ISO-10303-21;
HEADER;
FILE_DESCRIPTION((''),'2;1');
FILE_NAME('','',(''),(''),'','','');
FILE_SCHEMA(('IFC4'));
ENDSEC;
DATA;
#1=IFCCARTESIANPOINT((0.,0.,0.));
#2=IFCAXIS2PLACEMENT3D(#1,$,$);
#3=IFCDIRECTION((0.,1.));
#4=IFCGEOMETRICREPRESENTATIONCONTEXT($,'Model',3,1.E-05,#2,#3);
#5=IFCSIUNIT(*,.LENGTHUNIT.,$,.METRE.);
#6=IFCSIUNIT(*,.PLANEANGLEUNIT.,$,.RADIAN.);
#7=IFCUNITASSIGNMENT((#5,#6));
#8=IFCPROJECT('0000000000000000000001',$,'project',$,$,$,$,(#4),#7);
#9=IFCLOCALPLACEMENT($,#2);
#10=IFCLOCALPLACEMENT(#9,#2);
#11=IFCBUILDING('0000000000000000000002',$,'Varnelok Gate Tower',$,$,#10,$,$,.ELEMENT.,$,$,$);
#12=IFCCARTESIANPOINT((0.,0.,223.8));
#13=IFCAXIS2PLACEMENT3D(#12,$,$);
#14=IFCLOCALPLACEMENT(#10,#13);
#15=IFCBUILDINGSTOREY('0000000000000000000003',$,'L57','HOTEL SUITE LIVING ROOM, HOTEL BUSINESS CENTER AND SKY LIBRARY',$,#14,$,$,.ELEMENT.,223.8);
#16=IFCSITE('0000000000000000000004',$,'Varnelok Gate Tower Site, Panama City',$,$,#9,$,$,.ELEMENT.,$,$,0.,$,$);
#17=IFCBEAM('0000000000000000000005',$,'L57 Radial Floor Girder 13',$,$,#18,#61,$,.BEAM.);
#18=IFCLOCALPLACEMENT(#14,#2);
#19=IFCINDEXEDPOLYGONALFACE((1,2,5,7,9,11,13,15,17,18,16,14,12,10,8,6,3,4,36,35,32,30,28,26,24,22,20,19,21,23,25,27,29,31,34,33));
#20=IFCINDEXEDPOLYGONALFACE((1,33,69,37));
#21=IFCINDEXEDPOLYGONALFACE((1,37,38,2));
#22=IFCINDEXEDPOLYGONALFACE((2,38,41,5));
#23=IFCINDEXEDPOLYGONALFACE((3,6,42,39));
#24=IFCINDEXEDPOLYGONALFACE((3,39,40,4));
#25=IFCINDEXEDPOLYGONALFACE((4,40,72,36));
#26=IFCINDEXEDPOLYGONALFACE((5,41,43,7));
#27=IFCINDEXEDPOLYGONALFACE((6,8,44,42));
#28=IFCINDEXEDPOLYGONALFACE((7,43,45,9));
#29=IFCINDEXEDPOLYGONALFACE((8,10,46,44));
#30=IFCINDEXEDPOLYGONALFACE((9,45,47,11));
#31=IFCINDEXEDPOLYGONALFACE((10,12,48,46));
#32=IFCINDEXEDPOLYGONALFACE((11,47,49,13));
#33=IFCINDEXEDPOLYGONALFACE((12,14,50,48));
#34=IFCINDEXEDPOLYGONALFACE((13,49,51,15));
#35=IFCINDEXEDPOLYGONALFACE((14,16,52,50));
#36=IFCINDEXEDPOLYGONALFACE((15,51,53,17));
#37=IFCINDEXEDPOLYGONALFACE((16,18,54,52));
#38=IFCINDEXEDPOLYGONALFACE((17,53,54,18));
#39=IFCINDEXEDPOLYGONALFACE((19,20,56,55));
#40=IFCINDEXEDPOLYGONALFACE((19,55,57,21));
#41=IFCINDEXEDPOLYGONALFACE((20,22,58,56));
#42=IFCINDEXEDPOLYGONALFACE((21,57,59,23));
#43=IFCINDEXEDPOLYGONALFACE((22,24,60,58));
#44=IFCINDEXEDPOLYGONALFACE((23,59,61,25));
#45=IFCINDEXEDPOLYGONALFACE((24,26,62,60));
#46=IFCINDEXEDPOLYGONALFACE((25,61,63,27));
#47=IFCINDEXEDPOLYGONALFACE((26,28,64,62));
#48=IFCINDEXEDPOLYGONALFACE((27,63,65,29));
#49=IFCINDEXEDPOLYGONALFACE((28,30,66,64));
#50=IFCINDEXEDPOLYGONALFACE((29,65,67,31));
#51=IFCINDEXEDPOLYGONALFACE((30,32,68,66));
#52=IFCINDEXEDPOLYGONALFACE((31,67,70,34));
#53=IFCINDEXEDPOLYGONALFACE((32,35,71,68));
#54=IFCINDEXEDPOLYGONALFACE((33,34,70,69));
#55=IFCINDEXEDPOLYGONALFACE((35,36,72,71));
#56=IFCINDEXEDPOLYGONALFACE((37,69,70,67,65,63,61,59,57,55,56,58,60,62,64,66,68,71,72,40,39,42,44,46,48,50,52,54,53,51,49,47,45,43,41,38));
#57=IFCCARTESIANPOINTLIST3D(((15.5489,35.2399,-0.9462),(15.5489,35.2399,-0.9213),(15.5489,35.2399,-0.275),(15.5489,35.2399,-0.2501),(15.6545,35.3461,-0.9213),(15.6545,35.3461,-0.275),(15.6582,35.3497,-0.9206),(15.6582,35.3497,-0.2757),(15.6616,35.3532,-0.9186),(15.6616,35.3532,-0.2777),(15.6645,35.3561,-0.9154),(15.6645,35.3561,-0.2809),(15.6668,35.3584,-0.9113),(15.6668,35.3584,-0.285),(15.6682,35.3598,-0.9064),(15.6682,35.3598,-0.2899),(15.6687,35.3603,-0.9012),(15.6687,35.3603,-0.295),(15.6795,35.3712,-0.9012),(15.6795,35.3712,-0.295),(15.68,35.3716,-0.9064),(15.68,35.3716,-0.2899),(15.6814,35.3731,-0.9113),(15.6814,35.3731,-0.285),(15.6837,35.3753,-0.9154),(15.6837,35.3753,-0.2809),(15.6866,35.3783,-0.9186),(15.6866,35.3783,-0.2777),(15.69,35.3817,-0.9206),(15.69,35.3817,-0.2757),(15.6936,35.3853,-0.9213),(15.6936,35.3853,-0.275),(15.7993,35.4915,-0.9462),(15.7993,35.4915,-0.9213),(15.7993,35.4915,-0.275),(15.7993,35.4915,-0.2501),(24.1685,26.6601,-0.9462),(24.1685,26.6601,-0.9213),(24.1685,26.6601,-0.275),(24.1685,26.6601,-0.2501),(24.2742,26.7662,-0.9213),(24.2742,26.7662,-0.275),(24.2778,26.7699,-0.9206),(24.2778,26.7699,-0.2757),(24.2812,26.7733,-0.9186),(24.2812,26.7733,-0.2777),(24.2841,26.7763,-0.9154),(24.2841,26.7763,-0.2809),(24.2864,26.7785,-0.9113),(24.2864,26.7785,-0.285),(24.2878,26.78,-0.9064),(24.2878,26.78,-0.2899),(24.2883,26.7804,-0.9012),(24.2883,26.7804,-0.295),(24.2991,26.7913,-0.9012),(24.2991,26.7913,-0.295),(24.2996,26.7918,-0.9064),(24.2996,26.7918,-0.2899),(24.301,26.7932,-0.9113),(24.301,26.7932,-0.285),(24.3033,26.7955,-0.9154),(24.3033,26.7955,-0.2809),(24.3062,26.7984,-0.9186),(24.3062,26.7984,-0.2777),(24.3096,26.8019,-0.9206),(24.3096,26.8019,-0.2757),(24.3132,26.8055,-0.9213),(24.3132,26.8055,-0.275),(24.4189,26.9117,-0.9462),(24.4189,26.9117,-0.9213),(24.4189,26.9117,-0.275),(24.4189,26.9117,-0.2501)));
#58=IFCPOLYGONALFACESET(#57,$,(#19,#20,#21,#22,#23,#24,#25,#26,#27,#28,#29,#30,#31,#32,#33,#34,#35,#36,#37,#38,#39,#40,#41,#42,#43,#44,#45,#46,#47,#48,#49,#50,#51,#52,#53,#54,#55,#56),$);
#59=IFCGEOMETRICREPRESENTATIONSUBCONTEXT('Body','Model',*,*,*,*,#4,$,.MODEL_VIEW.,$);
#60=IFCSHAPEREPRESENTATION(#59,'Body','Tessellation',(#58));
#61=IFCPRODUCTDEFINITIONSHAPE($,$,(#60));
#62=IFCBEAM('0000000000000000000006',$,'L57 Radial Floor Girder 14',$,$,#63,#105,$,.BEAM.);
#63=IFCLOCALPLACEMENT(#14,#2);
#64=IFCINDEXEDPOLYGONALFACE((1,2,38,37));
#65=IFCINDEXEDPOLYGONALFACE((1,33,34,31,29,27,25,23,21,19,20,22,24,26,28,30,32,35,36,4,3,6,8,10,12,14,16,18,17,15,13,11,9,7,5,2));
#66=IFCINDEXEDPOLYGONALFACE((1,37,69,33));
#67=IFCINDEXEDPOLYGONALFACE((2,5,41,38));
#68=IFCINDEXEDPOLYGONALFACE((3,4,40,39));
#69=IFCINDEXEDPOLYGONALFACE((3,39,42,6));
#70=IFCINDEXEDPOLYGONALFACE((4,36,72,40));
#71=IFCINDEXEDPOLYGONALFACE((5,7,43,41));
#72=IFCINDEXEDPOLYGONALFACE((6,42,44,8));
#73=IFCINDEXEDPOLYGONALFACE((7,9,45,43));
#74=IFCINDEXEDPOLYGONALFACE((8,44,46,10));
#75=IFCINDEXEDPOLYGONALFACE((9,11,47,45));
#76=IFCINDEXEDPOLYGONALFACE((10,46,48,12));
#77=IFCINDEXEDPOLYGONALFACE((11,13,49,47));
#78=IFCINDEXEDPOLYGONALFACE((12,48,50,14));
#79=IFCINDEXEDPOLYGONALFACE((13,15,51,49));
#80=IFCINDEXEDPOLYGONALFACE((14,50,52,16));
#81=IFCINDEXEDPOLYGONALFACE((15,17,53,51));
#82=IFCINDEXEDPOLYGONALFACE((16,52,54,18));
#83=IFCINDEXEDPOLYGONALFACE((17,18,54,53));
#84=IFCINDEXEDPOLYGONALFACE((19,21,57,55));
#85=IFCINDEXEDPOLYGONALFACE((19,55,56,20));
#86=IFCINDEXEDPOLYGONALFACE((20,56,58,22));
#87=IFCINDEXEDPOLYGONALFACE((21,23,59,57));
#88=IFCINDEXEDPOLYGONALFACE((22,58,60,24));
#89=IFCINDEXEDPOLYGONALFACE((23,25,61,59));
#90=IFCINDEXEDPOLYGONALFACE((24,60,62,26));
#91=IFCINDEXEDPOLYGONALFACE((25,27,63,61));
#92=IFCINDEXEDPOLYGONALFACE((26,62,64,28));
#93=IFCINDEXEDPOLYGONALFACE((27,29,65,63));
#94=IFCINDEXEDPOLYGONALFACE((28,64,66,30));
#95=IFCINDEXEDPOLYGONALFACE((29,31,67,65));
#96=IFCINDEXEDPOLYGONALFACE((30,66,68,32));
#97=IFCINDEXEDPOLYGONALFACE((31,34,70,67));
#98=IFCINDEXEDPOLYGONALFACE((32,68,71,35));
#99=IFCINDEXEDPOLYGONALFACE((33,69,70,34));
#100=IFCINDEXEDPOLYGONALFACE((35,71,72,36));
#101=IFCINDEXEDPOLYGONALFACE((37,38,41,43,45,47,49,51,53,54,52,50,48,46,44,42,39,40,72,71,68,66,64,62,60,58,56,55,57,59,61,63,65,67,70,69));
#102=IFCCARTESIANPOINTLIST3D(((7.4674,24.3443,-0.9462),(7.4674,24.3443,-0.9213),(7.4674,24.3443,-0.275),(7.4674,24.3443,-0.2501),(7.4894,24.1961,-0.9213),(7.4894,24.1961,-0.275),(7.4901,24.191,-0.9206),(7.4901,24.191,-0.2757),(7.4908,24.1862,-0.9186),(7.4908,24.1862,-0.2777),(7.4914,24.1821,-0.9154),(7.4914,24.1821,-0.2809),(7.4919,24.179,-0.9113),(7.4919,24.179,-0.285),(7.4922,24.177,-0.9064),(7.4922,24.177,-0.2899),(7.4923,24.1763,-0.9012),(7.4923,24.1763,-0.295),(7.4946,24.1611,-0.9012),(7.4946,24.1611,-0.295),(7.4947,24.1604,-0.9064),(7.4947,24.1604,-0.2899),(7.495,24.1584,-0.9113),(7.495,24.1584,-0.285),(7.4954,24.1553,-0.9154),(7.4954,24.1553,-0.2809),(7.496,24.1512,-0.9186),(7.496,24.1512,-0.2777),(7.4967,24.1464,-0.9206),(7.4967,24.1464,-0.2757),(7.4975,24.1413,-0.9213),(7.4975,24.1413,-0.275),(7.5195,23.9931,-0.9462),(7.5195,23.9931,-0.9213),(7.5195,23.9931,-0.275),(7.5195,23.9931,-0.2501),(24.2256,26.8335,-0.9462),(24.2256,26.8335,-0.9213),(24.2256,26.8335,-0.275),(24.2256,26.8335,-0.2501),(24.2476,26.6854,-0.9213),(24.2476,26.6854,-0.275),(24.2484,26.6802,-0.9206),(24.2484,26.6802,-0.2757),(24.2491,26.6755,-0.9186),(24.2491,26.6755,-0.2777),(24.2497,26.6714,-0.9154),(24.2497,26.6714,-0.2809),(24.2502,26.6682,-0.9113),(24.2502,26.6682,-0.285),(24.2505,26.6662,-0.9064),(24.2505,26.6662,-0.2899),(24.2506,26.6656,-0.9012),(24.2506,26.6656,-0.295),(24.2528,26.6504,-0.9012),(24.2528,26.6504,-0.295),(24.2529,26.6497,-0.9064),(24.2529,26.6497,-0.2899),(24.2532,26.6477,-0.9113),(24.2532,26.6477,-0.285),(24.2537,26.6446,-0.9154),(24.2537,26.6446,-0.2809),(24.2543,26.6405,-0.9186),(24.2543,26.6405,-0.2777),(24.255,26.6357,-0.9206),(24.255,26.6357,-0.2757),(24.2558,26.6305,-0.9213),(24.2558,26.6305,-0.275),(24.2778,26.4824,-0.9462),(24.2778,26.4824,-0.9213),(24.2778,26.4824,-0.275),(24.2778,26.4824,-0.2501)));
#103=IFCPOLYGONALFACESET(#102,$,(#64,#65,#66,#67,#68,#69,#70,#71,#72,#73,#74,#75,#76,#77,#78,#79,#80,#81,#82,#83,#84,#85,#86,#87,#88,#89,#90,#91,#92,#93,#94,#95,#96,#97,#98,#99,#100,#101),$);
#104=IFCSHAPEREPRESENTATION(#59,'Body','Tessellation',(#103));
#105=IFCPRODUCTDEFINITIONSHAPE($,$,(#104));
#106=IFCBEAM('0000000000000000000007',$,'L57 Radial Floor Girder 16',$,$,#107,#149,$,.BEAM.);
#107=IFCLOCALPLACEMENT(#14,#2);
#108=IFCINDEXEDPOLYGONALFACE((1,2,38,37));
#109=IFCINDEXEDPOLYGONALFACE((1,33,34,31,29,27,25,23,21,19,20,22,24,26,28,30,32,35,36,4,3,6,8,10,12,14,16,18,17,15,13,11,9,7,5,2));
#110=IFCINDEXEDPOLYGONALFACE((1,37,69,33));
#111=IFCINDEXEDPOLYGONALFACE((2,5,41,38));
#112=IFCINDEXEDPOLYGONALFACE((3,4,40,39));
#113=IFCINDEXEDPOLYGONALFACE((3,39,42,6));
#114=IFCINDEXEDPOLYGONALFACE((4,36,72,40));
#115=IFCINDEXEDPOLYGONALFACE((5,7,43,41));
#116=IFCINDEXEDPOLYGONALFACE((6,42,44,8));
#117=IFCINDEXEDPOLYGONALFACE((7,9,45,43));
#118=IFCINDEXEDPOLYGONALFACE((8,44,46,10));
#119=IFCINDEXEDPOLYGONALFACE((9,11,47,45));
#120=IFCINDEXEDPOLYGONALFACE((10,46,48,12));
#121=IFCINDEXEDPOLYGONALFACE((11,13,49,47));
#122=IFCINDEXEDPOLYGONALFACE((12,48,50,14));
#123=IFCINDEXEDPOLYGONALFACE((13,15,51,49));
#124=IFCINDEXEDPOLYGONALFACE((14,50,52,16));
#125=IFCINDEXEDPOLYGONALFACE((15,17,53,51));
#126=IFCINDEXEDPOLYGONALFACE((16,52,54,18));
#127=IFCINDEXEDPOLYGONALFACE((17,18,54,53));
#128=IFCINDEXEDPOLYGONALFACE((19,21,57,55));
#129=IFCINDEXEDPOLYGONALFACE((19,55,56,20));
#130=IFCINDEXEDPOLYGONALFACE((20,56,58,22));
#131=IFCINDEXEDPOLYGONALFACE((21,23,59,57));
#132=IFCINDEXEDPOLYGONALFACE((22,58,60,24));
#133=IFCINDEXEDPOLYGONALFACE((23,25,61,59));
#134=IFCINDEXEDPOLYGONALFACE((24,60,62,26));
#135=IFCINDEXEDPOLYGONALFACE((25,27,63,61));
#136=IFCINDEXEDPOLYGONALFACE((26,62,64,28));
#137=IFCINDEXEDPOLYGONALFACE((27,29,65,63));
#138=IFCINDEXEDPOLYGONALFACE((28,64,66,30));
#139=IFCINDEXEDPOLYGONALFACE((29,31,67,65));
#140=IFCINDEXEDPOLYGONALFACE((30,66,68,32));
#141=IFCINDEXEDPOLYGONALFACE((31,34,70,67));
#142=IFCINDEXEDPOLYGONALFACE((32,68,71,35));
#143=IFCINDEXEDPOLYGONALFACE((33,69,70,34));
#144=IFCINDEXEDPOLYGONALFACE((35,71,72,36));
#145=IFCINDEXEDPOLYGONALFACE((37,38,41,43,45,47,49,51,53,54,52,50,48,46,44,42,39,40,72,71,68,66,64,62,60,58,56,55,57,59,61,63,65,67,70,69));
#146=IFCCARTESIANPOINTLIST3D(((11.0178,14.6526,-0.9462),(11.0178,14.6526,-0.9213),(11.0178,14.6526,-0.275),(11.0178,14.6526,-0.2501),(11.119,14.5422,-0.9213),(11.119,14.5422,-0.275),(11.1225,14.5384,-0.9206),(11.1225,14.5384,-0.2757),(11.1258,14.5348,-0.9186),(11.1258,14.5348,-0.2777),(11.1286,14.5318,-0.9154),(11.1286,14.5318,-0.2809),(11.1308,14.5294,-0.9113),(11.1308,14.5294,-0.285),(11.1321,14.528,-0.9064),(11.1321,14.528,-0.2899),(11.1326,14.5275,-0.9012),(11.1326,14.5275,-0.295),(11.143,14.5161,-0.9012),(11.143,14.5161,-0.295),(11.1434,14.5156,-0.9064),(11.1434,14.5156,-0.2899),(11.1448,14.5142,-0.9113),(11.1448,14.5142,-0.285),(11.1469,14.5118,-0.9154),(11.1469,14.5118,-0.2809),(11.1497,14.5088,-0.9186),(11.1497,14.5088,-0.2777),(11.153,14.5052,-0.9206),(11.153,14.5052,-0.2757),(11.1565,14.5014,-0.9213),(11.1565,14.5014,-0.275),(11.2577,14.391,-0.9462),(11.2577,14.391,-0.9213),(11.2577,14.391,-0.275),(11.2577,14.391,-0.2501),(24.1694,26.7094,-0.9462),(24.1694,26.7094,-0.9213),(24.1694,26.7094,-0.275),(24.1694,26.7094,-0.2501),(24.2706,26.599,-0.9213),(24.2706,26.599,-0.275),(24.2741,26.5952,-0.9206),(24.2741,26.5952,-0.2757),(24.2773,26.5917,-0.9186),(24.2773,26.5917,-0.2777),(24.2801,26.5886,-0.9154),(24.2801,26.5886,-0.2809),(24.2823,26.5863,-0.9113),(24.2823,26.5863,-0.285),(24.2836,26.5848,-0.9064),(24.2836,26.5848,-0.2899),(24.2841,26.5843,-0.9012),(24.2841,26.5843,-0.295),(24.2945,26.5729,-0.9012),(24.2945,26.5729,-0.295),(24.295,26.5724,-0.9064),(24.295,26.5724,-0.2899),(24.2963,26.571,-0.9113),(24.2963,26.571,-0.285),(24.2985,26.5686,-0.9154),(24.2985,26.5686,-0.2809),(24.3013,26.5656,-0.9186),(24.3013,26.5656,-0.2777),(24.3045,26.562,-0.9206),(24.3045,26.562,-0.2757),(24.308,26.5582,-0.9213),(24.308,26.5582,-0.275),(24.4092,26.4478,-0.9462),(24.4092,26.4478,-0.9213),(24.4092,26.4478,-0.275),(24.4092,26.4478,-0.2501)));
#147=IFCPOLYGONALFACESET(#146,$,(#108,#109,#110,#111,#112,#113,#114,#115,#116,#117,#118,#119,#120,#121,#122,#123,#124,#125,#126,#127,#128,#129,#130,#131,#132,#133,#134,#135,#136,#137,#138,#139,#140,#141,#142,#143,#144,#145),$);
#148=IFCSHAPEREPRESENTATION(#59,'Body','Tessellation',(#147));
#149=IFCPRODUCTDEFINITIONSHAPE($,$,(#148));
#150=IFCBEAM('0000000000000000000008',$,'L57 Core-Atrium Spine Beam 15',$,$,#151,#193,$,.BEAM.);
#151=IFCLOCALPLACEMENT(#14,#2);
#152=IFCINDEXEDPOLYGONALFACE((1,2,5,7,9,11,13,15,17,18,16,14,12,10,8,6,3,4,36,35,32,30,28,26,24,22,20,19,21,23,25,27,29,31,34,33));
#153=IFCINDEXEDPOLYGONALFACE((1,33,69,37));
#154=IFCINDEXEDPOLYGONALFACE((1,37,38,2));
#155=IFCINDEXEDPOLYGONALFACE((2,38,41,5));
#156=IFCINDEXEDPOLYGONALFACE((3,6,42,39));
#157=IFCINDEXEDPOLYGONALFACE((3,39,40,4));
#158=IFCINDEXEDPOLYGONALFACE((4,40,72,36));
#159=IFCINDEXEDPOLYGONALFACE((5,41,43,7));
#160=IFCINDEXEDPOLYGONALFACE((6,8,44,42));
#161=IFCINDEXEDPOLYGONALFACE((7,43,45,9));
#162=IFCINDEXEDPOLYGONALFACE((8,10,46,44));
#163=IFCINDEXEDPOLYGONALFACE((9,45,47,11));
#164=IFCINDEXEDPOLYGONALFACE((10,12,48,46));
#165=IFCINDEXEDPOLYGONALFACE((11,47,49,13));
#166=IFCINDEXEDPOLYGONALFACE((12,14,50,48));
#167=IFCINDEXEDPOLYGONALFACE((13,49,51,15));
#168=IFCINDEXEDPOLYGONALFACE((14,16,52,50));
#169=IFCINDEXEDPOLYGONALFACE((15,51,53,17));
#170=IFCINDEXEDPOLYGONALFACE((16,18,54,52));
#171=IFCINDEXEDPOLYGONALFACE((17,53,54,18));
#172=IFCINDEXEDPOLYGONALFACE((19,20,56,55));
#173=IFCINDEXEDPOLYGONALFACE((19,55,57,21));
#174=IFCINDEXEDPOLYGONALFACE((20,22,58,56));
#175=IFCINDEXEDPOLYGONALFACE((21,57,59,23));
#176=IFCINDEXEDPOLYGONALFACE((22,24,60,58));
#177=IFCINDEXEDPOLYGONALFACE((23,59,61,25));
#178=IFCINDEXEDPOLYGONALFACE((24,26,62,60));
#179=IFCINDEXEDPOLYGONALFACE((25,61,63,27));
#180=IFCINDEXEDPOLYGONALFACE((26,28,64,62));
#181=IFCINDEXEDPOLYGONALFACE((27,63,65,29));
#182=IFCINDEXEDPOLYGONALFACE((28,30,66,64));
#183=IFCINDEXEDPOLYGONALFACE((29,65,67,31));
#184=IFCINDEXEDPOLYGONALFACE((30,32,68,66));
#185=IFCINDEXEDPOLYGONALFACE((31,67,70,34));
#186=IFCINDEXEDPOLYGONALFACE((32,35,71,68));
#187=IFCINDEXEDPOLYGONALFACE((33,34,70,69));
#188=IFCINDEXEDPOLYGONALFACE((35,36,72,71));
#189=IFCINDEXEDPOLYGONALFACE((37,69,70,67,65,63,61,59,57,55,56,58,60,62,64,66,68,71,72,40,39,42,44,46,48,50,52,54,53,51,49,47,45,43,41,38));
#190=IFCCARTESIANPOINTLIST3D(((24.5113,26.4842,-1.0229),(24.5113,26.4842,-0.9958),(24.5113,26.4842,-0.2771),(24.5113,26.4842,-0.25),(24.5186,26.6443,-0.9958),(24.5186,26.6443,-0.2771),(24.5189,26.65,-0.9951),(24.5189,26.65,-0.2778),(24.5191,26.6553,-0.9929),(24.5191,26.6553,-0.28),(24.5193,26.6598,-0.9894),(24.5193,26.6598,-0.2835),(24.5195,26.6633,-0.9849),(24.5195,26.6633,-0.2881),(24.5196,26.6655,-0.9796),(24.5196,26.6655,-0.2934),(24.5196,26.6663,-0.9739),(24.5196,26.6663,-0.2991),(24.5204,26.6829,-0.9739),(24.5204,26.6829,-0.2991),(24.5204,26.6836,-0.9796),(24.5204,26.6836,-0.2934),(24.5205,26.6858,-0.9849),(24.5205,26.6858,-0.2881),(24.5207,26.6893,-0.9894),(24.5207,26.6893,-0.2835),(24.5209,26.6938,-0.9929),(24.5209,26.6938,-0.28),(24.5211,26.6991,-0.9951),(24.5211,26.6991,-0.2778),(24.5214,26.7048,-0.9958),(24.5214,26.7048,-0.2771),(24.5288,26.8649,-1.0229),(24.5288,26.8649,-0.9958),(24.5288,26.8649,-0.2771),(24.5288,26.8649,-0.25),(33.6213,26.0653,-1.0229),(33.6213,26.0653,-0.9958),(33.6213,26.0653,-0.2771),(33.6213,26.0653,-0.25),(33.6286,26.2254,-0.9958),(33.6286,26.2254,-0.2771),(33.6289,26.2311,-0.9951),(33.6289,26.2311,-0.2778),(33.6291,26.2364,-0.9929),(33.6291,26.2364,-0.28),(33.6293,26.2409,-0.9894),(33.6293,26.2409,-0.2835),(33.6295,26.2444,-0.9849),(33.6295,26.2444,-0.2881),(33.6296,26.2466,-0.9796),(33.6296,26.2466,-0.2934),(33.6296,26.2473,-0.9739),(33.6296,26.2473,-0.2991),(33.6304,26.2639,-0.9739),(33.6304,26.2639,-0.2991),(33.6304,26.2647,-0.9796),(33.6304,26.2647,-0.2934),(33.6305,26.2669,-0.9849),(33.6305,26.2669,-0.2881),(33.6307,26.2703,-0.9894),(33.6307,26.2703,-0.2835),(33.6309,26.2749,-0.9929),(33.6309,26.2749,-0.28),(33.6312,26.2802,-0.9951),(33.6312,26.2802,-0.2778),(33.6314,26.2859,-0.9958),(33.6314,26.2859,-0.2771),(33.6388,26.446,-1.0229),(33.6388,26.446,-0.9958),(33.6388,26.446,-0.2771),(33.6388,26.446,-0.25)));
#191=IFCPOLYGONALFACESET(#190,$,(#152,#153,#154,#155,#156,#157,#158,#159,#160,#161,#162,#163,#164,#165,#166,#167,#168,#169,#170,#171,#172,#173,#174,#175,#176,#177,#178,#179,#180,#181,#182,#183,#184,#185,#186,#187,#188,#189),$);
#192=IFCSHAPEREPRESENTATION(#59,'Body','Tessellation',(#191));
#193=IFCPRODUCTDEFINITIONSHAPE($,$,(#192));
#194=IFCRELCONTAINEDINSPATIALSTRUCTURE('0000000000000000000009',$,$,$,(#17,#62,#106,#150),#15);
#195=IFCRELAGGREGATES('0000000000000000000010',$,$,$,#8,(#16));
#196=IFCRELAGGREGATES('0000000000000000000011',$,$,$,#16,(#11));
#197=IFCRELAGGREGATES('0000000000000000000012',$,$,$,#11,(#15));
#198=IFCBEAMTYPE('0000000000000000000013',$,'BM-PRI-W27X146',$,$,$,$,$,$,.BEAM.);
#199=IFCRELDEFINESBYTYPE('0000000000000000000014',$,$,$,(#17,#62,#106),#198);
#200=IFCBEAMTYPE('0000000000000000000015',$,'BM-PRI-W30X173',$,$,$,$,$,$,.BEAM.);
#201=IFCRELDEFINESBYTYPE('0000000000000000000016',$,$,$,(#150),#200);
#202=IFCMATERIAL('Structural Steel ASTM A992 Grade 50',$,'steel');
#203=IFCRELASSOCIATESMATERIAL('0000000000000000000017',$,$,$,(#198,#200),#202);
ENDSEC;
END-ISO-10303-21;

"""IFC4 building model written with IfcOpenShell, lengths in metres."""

from ifc_helpers import new_model, si_unit, direction, frame, origin, origin_2d, place, context, subcontext, project, spatial, i_section, extrude, material, material_profile, profile_set, type_object, element, save


model = new_model("IFC4")

# Units and contexts
model_context = context("Model", 3, precision=1e-05, world=origin(), true_north=direction((0.0, 1.0)))
body_context = subcontext(model_context, "Body", "Model", "MODEL_VIEW")
ifc_project = project(units=[si_unit("LENGTHUNIT", "METRE"), si_unit("PLANEANGLEUNIT", "RADIAN")], contexts=[model_context])

# Site, building, storey
site_placement = place(None, origin())
site = spatial("IfcSite", under=ifc_project, at=site_placement, Name="Varnelok Gate Tower Site, Panama City", CompositionType="ELEMENT", RefElevation=0.0)
building_placement = place(site_placement, origin())
building = spatial("IfcBuilding", under=site, at=building_placement, Name="Varnelok Gate Tower", CompositionType="ELEMENT")
storey_placement = place(building_placement, frame((0.0, 0.0, 223.8)))
storey = spatial("IfcBuildingStorey", under=building, at=storey_placement, Name="L57", Description="HOTEL SUITE LIVING ROOM, HOTEL BUSINESS CENTER AND SKY LIBRARY", CompositionType="ELEMENT", Elevation=223.8)

# Shared definitions
ifc_material_1 = material(Name="Structural Steel ASTM A992 Grade 50", Category="steel")

# Beams
ifc_material_profile_1 = material_profile(ifc_material_1, i_section(OverallWidth=0.355, OverallDepth=0.696, WebThickness=0.0154, FlangeThickness=0.0249, FilletRadius=0.02, at=origin_2d()), Name="W27X146")
ifc_profile_set_1 = profile_set([ifc_material_profile_1], Name="Structural Steel ASTM A992 Grade 50")
beam_type_1 = type_object("IfcBeamType", Name="BM-PRI-W27X146", PredefinedType="BEAM", material=ifc_profile_set_1)
beam_1_placement = place(storey_placement, frame((24.2937, 26.7859, -0.5981), z_axis=(-0.708741, 0.705469, 0.0), x_axis=(-0.705469, -0.708741, 0.0)))
element("IfcBeam", 1, at=beam_1_placement, inside=storey, type_object=beam_type_1, Name="L57 Radial Floor Girder 13", PredefinedType="BEAM", context=body_context, shape_type="SweptSolid", body=[
    extrude(i_section(OverallWidth=0.355, OverallDepth=0.696, WebThickness=0.0154, FlangeThickness=0.0249, FilletRadius=0.02, at=origin_2d()), origin(), (0.0, 0.0, 1.0), 12.1619),
])
beam_2_placement = place(storey_placement, frame((24.2517, 26.658, -0.5981), z_axis=(-0.989147, -0.146927, 0.0), x_axis=(0.146927, -0.989147, 0.0)))
element("IfcBeam", 2, at=beam_2_placement, inside=storey, type_object=beam_type_1, Name="L57 Radial Floor Girder 14", PredefinedType="BEAM", context=body_context, shape_type="SweptSolid", body=[
    extrude(i_section(OverallWidth=0.355, OverallDepth=0.696, WebThickness=0.0154, FlangeThickness=0.0249, FilletRadius=0.02, at=origin_2d()), origin(), (0.0, 0.0, 1.0), 16.9421),
])
beam_3_placement = place(storey_placement, frame((24.2893, 26.5786, -0.5981), z_axis=(-0.737119, -0.675762, 0.0), x_axis=(0.675762, -0.737119, 0.0)))
element("IfcBeam", 3, at=beam_3_placement, inside=storey, type_object=beam_type_1, Name="L57 Radial Floor Girder 16", PredefinedType="BEAM", context=body_context, shape_type="SweptSolid", body=[
    extrude(i_section(OverallWidth=0.355, OverallDepth=0.696, WebThickness=0.0154, FlangeThickness=0.0249, FilletRadius=0.02, at=origin_2d()), origin(), (0.0, 0.0, 1.0), 17.8418),
])
ifc_material_profile_2 = material_profile(ifc_material_1, i_section(OverallWidth=0.3811, OverallDepth=0.7729, WebThickness=0.0166, FlangeThickness=0.0271, FilletRadius=0.022, at=origin_2d()), Name="W30X173")
ifc_profile_set_2 = profile_set([ifc_material_profile_2], Name="Structural Steel ASTM A992 Grade 50")
beam_type_2 = type_object("IfcBeamType", Name="BM-PRI-W30X173", PredefinedType="BEAM", material=ifc_profile_set_2)
beam_4_placement = place(storey_placement, frame((24.52, 26.6746, -0.6365), z_axis=(0.998944, -0.045938, 0.0), x_axis=(0.045938, 0.998944, 0.0)))
element("IfcBeam", 4, at=beam_4_placement, inside=storey, type_object=beam_type_2, Name="L57 Core-Atrium Spine Beam 15", PredefinedType="BEAM", context=body_context, shape_type="SweptSolid", body=[
    extrude(i_section(OverallWidth=0.3811, OverallDepth=0.7729, WebThickness=0.0166, FlangeThickness=0.0271, FilletRadius=0.022, at=origin_2d()), origin(), (0.0, 0.0, 1.0), 9.1196),
])

save(model, "model.ifc")
